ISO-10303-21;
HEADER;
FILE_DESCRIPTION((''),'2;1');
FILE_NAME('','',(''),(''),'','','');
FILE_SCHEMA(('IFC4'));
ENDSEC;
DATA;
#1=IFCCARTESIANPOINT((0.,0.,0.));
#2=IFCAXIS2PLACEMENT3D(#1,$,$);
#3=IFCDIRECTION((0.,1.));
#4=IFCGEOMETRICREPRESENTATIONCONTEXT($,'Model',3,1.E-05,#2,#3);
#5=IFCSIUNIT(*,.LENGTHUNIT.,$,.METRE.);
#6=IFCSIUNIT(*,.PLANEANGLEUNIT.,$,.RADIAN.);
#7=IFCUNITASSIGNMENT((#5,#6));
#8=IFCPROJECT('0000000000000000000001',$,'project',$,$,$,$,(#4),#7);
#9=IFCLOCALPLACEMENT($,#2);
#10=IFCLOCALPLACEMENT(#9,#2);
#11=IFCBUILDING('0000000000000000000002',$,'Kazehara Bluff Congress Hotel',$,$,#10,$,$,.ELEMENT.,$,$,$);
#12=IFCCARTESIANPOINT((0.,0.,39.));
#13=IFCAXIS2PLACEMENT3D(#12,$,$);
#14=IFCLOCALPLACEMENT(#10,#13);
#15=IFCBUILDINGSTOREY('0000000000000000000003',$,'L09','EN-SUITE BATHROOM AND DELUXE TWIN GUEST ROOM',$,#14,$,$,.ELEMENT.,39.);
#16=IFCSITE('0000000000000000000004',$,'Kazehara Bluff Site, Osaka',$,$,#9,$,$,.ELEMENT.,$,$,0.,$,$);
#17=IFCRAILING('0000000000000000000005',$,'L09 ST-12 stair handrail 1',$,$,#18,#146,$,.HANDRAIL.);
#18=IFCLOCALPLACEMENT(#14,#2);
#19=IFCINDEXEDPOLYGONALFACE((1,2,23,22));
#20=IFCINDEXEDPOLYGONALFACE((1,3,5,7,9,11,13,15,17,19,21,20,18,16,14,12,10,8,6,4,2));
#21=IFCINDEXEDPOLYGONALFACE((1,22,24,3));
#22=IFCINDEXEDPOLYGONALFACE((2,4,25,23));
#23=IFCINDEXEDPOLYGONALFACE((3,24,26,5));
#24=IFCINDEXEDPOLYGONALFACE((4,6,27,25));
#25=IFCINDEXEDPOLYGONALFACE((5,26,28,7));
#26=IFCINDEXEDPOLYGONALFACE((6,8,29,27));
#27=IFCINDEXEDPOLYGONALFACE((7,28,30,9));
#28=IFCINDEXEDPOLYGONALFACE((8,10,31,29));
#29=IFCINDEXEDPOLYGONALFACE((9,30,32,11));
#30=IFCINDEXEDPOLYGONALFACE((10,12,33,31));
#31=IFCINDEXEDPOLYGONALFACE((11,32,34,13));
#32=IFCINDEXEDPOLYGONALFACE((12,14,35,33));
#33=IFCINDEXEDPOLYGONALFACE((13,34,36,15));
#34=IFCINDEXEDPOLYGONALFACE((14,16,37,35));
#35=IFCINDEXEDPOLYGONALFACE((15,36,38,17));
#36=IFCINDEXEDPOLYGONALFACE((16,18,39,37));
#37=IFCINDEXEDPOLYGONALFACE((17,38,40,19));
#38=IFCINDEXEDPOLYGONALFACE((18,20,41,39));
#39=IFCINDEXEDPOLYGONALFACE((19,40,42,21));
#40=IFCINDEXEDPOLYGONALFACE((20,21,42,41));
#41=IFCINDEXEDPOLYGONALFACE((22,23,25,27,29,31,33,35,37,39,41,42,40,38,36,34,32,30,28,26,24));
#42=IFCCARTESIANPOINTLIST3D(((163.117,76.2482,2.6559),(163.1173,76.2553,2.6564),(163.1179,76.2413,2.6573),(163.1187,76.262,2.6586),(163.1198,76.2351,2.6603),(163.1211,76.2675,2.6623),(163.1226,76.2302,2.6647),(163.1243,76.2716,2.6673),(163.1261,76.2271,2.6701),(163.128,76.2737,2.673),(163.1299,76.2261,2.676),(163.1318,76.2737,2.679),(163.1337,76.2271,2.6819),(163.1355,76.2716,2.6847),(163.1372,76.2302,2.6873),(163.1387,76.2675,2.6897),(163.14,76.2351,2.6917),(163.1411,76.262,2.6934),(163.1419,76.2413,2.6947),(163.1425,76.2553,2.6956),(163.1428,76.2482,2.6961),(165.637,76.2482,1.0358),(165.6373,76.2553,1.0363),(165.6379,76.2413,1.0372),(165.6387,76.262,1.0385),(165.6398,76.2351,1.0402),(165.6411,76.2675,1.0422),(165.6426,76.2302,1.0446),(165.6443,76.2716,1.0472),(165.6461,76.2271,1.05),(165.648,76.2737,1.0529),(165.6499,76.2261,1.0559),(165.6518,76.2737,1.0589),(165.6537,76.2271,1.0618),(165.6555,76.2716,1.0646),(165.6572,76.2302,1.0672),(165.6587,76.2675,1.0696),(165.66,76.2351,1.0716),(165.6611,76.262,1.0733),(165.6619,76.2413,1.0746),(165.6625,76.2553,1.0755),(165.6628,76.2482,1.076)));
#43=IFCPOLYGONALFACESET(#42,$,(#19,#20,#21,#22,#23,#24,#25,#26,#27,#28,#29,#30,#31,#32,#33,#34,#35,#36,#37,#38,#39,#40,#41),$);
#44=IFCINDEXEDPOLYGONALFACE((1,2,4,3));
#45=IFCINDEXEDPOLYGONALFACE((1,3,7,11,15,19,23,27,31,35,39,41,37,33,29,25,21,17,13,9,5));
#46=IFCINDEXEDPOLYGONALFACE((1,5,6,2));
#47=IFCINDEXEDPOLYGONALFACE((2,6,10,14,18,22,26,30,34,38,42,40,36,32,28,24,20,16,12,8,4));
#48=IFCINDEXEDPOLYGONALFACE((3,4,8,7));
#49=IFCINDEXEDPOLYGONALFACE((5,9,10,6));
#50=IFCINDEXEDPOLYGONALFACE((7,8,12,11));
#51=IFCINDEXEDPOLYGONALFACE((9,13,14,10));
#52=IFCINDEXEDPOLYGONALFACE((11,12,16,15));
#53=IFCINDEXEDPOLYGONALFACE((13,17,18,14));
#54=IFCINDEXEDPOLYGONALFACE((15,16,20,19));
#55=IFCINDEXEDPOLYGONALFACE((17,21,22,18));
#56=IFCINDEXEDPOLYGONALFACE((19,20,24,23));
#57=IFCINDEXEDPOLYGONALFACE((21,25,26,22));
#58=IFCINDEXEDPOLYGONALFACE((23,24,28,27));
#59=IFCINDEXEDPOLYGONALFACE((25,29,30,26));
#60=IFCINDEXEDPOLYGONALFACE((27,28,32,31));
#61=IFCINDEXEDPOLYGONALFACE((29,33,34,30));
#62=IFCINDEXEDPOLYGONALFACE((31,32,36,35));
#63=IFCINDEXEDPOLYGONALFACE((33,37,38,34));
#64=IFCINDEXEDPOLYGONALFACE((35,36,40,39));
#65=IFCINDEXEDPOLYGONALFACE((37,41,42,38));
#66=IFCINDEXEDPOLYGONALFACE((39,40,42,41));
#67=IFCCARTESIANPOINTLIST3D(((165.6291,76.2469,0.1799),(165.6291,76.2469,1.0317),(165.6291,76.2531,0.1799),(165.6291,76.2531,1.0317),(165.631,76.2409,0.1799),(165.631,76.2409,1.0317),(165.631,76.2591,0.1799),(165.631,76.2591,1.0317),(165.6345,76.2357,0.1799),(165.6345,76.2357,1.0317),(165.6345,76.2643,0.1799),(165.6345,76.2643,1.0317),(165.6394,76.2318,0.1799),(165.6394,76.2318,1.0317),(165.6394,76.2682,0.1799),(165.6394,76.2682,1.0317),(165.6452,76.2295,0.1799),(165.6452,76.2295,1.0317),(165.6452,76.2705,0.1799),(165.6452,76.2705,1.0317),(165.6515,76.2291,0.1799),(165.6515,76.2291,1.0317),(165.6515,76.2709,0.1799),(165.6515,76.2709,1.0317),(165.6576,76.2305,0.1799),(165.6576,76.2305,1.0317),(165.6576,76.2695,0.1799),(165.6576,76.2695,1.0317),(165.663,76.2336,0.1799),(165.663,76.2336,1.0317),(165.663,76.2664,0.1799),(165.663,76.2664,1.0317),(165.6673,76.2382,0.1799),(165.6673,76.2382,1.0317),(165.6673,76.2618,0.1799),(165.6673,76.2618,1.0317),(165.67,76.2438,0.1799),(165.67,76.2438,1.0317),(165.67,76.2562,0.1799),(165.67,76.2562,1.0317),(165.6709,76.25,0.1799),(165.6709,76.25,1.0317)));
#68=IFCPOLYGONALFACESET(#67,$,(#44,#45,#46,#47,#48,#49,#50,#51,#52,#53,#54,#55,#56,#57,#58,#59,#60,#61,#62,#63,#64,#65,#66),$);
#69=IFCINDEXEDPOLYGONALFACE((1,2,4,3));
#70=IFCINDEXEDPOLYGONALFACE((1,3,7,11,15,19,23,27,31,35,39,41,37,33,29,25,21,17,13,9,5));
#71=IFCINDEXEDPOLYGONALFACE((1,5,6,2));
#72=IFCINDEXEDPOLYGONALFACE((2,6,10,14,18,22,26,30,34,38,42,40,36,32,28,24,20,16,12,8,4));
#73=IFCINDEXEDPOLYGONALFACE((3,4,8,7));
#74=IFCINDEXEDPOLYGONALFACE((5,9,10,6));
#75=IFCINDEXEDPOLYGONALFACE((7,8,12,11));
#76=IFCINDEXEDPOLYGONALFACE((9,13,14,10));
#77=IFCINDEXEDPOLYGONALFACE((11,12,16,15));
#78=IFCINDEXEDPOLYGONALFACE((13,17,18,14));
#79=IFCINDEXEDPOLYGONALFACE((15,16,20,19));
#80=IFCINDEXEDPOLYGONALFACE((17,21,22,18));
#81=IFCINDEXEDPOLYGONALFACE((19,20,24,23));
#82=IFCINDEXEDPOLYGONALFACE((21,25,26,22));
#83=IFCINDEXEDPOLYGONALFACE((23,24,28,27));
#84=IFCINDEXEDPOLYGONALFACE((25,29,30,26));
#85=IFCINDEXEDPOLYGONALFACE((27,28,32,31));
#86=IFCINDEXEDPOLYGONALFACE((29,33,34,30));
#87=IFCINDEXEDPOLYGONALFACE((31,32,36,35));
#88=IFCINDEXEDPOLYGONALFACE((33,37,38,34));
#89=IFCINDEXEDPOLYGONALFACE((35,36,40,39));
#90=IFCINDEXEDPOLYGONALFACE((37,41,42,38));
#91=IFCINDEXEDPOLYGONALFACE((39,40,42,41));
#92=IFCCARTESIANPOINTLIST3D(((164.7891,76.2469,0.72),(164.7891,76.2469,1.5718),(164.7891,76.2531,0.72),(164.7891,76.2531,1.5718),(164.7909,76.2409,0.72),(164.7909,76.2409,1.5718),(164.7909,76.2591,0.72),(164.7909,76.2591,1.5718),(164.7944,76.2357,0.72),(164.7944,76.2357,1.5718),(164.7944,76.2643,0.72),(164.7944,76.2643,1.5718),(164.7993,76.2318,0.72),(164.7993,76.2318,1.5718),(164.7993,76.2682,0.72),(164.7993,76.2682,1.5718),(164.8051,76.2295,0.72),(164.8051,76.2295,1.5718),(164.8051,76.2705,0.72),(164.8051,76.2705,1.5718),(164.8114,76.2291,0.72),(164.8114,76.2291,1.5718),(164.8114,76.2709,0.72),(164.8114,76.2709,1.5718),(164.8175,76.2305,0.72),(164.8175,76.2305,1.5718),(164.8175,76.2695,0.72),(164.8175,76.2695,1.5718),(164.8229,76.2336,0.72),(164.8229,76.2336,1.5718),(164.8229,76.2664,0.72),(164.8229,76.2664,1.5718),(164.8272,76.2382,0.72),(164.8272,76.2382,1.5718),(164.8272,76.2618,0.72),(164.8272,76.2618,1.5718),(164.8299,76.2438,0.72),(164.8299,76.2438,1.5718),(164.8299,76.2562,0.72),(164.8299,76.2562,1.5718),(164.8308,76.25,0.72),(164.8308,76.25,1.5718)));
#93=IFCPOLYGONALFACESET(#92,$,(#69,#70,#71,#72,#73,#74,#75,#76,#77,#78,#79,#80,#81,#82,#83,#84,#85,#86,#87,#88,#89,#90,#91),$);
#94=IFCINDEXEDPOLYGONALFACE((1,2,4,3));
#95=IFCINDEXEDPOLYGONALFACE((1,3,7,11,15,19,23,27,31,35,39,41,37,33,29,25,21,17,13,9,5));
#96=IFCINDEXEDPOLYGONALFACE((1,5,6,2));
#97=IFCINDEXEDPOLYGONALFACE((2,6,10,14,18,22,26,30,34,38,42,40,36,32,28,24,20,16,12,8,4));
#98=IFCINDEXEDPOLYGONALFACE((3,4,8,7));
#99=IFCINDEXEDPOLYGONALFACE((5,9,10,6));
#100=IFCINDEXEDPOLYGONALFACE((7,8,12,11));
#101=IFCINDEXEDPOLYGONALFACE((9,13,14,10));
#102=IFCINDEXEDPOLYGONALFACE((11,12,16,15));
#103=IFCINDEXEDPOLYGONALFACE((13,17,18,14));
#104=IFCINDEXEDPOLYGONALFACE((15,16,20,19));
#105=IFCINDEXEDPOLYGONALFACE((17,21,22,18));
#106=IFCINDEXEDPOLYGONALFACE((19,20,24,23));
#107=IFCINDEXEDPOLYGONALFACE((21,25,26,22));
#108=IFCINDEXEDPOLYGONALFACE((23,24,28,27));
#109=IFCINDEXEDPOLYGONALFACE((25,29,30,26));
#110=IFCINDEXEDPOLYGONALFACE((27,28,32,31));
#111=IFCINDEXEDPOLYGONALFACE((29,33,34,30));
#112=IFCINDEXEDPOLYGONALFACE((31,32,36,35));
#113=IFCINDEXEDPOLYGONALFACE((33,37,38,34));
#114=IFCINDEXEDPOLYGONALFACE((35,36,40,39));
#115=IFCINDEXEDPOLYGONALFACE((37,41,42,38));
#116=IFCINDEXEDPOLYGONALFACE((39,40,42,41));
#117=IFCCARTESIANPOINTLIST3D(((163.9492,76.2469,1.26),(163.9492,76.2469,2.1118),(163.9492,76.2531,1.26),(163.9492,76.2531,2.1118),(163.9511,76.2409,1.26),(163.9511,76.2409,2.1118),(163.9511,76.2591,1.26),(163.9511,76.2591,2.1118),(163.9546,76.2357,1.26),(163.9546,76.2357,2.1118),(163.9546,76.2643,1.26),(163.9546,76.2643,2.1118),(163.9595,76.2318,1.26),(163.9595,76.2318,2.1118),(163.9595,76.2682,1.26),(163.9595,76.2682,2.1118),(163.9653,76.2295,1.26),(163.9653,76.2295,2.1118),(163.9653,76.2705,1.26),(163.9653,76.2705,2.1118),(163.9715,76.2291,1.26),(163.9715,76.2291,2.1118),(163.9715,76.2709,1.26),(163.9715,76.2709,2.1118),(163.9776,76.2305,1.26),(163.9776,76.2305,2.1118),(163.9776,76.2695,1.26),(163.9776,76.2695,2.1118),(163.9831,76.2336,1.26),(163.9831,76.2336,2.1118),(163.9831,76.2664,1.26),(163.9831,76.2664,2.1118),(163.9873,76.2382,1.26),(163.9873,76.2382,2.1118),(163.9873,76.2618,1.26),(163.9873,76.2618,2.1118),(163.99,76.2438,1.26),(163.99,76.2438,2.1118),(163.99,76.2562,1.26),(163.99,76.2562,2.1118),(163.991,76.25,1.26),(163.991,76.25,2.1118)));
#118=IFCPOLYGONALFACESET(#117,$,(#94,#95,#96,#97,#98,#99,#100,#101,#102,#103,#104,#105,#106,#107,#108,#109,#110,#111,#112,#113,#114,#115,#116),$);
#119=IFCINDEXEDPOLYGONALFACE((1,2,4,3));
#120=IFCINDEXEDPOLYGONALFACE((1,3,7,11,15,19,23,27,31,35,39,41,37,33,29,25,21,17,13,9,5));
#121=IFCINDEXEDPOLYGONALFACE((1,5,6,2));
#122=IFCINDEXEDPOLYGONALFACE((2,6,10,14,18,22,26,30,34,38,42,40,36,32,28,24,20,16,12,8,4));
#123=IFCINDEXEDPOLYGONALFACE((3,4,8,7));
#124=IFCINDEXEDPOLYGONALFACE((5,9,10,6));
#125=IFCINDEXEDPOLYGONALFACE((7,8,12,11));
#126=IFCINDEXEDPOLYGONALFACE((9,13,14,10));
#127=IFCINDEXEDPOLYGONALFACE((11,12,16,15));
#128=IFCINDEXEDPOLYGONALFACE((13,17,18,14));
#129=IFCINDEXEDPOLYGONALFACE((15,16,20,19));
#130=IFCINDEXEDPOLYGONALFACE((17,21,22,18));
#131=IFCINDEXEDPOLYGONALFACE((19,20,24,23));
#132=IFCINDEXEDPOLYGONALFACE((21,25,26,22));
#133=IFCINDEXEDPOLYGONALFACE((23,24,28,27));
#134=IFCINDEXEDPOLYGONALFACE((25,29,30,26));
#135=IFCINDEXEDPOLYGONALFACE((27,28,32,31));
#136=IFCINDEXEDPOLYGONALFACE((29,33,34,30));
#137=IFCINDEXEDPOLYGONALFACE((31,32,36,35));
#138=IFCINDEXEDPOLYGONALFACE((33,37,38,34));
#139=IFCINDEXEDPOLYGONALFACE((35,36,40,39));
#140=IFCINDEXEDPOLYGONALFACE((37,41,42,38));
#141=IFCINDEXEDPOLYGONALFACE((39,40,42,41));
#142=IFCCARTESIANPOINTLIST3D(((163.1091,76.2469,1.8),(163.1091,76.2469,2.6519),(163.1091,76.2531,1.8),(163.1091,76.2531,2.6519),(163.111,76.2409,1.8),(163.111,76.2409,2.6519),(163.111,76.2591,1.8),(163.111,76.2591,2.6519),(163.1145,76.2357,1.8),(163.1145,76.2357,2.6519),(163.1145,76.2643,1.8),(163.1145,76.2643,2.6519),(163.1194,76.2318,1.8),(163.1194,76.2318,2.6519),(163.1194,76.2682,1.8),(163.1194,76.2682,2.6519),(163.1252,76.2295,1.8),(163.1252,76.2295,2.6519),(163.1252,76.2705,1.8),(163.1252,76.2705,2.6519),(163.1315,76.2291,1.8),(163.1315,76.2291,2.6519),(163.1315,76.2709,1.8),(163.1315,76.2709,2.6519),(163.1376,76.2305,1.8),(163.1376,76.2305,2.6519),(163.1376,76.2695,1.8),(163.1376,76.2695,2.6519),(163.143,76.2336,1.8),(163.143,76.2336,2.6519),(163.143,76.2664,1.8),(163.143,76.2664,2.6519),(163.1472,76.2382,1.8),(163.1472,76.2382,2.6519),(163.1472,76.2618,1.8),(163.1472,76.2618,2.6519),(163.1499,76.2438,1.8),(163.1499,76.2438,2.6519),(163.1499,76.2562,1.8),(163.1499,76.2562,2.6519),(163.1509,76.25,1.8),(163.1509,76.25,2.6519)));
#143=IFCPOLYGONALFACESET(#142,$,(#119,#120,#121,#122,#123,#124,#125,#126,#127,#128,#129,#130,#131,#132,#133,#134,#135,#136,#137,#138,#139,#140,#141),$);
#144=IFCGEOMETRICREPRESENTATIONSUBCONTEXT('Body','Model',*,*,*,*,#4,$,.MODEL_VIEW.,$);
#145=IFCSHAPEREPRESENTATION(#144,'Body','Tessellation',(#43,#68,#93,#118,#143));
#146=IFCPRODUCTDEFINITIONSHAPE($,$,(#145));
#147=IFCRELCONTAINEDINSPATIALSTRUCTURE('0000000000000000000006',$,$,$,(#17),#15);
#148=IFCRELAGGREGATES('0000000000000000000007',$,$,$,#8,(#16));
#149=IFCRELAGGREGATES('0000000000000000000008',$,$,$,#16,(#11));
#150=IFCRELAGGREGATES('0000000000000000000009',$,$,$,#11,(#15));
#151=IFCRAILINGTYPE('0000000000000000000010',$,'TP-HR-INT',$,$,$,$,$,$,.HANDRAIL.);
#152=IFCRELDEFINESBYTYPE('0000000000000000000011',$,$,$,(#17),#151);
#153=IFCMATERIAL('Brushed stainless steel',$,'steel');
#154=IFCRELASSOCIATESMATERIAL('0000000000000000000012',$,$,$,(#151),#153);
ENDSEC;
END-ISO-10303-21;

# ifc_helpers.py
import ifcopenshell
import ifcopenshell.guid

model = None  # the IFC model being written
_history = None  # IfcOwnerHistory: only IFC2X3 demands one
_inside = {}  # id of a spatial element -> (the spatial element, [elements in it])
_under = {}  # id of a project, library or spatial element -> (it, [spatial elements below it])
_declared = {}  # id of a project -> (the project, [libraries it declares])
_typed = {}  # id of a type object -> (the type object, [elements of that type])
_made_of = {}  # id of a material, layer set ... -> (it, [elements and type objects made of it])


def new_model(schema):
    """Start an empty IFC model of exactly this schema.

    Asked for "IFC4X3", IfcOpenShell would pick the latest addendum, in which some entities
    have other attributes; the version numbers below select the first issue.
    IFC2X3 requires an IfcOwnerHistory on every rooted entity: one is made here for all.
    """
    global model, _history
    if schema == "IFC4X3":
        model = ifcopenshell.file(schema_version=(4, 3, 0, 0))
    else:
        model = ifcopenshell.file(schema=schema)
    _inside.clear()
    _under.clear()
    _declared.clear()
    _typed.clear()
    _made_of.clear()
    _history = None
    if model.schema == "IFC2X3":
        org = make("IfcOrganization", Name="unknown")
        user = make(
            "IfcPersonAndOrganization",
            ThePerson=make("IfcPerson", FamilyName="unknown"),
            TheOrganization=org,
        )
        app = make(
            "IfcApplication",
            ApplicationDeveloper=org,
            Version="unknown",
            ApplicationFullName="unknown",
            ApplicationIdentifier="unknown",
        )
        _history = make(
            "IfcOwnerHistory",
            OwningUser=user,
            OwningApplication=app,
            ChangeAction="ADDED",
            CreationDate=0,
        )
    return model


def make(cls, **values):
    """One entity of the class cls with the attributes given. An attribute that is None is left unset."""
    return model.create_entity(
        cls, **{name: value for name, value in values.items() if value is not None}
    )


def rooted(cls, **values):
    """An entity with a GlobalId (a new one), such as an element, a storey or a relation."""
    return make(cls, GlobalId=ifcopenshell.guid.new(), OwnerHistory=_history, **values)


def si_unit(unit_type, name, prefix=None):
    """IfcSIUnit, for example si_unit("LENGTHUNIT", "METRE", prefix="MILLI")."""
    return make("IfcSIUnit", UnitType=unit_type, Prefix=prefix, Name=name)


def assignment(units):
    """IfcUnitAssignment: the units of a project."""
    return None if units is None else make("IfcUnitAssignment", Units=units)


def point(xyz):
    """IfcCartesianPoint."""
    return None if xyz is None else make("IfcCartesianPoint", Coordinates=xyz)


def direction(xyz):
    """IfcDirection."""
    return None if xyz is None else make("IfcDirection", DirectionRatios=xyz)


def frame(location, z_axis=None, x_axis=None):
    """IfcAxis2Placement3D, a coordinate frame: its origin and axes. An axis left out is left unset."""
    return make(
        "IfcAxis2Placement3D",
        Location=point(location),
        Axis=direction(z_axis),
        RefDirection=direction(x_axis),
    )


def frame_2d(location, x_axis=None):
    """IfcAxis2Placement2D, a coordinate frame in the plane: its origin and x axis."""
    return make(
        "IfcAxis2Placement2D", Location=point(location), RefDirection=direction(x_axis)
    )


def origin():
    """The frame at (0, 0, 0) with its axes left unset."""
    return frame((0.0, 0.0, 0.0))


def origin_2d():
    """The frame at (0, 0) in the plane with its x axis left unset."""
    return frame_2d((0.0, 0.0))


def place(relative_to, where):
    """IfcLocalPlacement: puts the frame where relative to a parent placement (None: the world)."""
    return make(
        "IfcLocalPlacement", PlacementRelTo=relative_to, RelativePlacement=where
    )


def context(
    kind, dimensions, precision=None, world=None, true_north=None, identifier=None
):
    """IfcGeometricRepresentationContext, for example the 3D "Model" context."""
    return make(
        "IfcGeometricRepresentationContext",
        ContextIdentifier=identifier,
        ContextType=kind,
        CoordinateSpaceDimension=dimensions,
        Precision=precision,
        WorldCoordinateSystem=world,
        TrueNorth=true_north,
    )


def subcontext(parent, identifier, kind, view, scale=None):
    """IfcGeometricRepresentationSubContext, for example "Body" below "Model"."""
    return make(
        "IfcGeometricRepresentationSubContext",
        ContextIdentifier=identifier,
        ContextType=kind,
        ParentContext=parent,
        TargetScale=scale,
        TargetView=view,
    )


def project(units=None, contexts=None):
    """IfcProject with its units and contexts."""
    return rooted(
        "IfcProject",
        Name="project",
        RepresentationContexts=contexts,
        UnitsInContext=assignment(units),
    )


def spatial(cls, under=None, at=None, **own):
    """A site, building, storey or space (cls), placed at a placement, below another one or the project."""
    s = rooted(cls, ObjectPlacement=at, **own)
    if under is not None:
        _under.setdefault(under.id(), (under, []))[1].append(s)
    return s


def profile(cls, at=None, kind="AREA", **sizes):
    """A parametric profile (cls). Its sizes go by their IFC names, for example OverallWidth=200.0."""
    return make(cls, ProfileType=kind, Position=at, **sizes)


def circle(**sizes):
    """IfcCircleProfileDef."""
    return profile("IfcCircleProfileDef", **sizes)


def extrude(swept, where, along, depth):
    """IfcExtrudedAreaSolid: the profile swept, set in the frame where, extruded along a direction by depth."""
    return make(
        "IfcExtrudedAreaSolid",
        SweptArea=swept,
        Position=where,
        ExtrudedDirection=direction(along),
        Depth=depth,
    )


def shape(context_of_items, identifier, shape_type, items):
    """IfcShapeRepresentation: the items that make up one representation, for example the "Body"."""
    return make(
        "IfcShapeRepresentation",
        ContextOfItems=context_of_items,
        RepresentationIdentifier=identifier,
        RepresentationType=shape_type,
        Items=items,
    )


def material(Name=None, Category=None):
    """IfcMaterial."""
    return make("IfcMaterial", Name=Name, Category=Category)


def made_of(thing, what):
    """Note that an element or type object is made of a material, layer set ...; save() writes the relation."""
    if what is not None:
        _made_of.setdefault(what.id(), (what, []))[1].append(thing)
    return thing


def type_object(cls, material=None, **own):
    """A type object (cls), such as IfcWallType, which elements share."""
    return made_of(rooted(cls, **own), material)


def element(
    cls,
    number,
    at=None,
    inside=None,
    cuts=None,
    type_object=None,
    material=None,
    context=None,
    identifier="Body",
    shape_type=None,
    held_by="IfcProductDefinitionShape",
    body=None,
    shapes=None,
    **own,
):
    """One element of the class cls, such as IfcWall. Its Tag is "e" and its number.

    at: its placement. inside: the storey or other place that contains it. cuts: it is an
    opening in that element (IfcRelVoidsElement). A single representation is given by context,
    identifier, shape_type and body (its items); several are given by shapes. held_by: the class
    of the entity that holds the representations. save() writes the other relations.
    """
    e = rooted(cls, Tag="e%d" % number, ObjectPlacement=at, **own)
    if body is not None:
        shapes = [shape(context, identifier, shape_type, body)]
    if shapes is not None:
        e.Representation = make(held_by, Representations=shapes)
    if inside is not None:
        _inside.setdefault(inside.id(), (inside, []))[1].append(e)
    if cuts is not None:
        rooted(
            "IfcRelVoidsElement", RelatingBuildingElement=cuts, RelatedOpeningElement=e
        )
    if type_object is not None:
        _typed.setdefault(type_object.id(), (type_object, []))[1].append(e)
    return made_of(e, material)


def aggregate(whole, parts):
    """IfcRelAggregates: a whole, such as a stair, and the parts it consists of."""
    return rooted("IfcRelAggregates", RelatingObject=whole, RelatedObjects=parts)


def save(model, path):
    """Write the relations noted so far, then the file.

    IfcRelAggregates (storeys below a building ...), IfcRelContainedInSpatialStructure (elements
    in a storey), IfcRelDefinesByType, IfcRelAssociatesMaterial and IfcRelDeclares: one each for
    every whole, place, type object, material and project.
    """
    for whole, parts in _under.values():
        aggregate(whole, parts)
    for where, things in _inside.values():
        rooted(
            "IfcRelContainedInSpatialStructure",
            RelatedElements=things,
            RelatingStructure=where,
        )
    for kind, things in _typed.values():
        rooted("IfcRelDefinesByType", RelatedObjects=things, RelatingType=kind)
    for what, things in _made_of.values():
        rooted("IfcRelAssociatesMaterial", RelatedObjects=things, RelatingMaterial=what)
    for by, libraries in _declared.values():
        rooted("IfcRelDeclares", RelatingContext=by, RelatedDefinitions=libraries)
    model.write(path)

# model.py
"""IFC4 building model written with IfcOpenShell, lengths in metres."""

from ifc_helpers import new_model, si_unit, direction, frame, origin, origin_2d, place, context, subcontext, project, spatial, circle, extrude, material, type_object, element, save


model = new_model("IFC4")

# Units and contexts
model_context = context("Model", 3, precision=1e-05, world=origin(), true_north=direction((0.0, 1.0)))
body_context = subcontext(model_context, "Body", "Model", "MODEL_VIEW")
ifc_project = project(units=[si_unit("LENGTHUNIT", "METRE"), si_unit("PLANEANGLEUNIT", "RADIAN")], contexts=[model_context])

# Site, building, storey
site_placement = place(None, origin())
site = spatial("IfcSite", under=ifc_project, at=site_placement, Name="Kazehara Bluff Site, Osaka", CompositionType="ELEMENT", RefElevation=0.0)
building_placement = place(site_placement, origin())
building = spatial("IfcBuilding", under=site, at=building_placement, Name="Kazehara Bluff Congress Hotel", CompositionType="ELEMENT")
storey_placement = place(building_placement, frame((0.0, 0.0, 39.0)))
storey = spatial("IfcBuildingStorey", under=building, at=storey_placement, Name="L09", Description="EN-SUITE BATHROOM AND DELUXE TWIN GUEST ROOM", CompositionType="ELEMENT", Elevation=39.0)

# Railing
ifc_material_1 = material(Name="Brushed stainless steel", Category="steel")
railing_type_1 = type_object("IfcRailingType", Name="TP-HR-INT", PredefinedType="HANDRAIL", material=ifc_material_1)
railing_1_placement = place(storey_placement, frame((165.6499, 76.25, 0.1799)))
element("IfcRailing", 1, at=railing_1_placement, inside=storey, type_object=railing_type_1, Name="L09 ST-12 stair handrail 1", PredefinedType="HANDRAIL", context=body_context, shape_type="SweptSolid", body=[
    extrude(circle(Radius=0.0239, at=origin_2d()), frame((0.0, 0.0, 0.876), z_axis=(-0.841163, 0.0, 0.540782), x_axis=(0.0, -1.0, 0.0)), (0.0, 0.0, 1.0), 2.9958),
    extrude(circle(Radius=0.021, at=origin_2d()), origin(), (0.0, 0.0, 1.0), 0.8518),
    extrude(circle(Radius=0.021, at=origin_2d()), frame((-0.8401, 0.0, 0.54)), (0.0, 0.0, 1.0), 0.8518),
    extrude(circle(Radius=0.021, at=origin_2d()), frame((-1.6799, 0.0, 1.0801)), (0.0, 0.0, 1.0), 0.8518),
    extrude(circle(Radius=0.021, at=origin_2d()), frame((-2.52, 0.0, 1.6201)), (0.0, 0.0, 1.0), 0.8518),
])

save(model, "model.ifc")
